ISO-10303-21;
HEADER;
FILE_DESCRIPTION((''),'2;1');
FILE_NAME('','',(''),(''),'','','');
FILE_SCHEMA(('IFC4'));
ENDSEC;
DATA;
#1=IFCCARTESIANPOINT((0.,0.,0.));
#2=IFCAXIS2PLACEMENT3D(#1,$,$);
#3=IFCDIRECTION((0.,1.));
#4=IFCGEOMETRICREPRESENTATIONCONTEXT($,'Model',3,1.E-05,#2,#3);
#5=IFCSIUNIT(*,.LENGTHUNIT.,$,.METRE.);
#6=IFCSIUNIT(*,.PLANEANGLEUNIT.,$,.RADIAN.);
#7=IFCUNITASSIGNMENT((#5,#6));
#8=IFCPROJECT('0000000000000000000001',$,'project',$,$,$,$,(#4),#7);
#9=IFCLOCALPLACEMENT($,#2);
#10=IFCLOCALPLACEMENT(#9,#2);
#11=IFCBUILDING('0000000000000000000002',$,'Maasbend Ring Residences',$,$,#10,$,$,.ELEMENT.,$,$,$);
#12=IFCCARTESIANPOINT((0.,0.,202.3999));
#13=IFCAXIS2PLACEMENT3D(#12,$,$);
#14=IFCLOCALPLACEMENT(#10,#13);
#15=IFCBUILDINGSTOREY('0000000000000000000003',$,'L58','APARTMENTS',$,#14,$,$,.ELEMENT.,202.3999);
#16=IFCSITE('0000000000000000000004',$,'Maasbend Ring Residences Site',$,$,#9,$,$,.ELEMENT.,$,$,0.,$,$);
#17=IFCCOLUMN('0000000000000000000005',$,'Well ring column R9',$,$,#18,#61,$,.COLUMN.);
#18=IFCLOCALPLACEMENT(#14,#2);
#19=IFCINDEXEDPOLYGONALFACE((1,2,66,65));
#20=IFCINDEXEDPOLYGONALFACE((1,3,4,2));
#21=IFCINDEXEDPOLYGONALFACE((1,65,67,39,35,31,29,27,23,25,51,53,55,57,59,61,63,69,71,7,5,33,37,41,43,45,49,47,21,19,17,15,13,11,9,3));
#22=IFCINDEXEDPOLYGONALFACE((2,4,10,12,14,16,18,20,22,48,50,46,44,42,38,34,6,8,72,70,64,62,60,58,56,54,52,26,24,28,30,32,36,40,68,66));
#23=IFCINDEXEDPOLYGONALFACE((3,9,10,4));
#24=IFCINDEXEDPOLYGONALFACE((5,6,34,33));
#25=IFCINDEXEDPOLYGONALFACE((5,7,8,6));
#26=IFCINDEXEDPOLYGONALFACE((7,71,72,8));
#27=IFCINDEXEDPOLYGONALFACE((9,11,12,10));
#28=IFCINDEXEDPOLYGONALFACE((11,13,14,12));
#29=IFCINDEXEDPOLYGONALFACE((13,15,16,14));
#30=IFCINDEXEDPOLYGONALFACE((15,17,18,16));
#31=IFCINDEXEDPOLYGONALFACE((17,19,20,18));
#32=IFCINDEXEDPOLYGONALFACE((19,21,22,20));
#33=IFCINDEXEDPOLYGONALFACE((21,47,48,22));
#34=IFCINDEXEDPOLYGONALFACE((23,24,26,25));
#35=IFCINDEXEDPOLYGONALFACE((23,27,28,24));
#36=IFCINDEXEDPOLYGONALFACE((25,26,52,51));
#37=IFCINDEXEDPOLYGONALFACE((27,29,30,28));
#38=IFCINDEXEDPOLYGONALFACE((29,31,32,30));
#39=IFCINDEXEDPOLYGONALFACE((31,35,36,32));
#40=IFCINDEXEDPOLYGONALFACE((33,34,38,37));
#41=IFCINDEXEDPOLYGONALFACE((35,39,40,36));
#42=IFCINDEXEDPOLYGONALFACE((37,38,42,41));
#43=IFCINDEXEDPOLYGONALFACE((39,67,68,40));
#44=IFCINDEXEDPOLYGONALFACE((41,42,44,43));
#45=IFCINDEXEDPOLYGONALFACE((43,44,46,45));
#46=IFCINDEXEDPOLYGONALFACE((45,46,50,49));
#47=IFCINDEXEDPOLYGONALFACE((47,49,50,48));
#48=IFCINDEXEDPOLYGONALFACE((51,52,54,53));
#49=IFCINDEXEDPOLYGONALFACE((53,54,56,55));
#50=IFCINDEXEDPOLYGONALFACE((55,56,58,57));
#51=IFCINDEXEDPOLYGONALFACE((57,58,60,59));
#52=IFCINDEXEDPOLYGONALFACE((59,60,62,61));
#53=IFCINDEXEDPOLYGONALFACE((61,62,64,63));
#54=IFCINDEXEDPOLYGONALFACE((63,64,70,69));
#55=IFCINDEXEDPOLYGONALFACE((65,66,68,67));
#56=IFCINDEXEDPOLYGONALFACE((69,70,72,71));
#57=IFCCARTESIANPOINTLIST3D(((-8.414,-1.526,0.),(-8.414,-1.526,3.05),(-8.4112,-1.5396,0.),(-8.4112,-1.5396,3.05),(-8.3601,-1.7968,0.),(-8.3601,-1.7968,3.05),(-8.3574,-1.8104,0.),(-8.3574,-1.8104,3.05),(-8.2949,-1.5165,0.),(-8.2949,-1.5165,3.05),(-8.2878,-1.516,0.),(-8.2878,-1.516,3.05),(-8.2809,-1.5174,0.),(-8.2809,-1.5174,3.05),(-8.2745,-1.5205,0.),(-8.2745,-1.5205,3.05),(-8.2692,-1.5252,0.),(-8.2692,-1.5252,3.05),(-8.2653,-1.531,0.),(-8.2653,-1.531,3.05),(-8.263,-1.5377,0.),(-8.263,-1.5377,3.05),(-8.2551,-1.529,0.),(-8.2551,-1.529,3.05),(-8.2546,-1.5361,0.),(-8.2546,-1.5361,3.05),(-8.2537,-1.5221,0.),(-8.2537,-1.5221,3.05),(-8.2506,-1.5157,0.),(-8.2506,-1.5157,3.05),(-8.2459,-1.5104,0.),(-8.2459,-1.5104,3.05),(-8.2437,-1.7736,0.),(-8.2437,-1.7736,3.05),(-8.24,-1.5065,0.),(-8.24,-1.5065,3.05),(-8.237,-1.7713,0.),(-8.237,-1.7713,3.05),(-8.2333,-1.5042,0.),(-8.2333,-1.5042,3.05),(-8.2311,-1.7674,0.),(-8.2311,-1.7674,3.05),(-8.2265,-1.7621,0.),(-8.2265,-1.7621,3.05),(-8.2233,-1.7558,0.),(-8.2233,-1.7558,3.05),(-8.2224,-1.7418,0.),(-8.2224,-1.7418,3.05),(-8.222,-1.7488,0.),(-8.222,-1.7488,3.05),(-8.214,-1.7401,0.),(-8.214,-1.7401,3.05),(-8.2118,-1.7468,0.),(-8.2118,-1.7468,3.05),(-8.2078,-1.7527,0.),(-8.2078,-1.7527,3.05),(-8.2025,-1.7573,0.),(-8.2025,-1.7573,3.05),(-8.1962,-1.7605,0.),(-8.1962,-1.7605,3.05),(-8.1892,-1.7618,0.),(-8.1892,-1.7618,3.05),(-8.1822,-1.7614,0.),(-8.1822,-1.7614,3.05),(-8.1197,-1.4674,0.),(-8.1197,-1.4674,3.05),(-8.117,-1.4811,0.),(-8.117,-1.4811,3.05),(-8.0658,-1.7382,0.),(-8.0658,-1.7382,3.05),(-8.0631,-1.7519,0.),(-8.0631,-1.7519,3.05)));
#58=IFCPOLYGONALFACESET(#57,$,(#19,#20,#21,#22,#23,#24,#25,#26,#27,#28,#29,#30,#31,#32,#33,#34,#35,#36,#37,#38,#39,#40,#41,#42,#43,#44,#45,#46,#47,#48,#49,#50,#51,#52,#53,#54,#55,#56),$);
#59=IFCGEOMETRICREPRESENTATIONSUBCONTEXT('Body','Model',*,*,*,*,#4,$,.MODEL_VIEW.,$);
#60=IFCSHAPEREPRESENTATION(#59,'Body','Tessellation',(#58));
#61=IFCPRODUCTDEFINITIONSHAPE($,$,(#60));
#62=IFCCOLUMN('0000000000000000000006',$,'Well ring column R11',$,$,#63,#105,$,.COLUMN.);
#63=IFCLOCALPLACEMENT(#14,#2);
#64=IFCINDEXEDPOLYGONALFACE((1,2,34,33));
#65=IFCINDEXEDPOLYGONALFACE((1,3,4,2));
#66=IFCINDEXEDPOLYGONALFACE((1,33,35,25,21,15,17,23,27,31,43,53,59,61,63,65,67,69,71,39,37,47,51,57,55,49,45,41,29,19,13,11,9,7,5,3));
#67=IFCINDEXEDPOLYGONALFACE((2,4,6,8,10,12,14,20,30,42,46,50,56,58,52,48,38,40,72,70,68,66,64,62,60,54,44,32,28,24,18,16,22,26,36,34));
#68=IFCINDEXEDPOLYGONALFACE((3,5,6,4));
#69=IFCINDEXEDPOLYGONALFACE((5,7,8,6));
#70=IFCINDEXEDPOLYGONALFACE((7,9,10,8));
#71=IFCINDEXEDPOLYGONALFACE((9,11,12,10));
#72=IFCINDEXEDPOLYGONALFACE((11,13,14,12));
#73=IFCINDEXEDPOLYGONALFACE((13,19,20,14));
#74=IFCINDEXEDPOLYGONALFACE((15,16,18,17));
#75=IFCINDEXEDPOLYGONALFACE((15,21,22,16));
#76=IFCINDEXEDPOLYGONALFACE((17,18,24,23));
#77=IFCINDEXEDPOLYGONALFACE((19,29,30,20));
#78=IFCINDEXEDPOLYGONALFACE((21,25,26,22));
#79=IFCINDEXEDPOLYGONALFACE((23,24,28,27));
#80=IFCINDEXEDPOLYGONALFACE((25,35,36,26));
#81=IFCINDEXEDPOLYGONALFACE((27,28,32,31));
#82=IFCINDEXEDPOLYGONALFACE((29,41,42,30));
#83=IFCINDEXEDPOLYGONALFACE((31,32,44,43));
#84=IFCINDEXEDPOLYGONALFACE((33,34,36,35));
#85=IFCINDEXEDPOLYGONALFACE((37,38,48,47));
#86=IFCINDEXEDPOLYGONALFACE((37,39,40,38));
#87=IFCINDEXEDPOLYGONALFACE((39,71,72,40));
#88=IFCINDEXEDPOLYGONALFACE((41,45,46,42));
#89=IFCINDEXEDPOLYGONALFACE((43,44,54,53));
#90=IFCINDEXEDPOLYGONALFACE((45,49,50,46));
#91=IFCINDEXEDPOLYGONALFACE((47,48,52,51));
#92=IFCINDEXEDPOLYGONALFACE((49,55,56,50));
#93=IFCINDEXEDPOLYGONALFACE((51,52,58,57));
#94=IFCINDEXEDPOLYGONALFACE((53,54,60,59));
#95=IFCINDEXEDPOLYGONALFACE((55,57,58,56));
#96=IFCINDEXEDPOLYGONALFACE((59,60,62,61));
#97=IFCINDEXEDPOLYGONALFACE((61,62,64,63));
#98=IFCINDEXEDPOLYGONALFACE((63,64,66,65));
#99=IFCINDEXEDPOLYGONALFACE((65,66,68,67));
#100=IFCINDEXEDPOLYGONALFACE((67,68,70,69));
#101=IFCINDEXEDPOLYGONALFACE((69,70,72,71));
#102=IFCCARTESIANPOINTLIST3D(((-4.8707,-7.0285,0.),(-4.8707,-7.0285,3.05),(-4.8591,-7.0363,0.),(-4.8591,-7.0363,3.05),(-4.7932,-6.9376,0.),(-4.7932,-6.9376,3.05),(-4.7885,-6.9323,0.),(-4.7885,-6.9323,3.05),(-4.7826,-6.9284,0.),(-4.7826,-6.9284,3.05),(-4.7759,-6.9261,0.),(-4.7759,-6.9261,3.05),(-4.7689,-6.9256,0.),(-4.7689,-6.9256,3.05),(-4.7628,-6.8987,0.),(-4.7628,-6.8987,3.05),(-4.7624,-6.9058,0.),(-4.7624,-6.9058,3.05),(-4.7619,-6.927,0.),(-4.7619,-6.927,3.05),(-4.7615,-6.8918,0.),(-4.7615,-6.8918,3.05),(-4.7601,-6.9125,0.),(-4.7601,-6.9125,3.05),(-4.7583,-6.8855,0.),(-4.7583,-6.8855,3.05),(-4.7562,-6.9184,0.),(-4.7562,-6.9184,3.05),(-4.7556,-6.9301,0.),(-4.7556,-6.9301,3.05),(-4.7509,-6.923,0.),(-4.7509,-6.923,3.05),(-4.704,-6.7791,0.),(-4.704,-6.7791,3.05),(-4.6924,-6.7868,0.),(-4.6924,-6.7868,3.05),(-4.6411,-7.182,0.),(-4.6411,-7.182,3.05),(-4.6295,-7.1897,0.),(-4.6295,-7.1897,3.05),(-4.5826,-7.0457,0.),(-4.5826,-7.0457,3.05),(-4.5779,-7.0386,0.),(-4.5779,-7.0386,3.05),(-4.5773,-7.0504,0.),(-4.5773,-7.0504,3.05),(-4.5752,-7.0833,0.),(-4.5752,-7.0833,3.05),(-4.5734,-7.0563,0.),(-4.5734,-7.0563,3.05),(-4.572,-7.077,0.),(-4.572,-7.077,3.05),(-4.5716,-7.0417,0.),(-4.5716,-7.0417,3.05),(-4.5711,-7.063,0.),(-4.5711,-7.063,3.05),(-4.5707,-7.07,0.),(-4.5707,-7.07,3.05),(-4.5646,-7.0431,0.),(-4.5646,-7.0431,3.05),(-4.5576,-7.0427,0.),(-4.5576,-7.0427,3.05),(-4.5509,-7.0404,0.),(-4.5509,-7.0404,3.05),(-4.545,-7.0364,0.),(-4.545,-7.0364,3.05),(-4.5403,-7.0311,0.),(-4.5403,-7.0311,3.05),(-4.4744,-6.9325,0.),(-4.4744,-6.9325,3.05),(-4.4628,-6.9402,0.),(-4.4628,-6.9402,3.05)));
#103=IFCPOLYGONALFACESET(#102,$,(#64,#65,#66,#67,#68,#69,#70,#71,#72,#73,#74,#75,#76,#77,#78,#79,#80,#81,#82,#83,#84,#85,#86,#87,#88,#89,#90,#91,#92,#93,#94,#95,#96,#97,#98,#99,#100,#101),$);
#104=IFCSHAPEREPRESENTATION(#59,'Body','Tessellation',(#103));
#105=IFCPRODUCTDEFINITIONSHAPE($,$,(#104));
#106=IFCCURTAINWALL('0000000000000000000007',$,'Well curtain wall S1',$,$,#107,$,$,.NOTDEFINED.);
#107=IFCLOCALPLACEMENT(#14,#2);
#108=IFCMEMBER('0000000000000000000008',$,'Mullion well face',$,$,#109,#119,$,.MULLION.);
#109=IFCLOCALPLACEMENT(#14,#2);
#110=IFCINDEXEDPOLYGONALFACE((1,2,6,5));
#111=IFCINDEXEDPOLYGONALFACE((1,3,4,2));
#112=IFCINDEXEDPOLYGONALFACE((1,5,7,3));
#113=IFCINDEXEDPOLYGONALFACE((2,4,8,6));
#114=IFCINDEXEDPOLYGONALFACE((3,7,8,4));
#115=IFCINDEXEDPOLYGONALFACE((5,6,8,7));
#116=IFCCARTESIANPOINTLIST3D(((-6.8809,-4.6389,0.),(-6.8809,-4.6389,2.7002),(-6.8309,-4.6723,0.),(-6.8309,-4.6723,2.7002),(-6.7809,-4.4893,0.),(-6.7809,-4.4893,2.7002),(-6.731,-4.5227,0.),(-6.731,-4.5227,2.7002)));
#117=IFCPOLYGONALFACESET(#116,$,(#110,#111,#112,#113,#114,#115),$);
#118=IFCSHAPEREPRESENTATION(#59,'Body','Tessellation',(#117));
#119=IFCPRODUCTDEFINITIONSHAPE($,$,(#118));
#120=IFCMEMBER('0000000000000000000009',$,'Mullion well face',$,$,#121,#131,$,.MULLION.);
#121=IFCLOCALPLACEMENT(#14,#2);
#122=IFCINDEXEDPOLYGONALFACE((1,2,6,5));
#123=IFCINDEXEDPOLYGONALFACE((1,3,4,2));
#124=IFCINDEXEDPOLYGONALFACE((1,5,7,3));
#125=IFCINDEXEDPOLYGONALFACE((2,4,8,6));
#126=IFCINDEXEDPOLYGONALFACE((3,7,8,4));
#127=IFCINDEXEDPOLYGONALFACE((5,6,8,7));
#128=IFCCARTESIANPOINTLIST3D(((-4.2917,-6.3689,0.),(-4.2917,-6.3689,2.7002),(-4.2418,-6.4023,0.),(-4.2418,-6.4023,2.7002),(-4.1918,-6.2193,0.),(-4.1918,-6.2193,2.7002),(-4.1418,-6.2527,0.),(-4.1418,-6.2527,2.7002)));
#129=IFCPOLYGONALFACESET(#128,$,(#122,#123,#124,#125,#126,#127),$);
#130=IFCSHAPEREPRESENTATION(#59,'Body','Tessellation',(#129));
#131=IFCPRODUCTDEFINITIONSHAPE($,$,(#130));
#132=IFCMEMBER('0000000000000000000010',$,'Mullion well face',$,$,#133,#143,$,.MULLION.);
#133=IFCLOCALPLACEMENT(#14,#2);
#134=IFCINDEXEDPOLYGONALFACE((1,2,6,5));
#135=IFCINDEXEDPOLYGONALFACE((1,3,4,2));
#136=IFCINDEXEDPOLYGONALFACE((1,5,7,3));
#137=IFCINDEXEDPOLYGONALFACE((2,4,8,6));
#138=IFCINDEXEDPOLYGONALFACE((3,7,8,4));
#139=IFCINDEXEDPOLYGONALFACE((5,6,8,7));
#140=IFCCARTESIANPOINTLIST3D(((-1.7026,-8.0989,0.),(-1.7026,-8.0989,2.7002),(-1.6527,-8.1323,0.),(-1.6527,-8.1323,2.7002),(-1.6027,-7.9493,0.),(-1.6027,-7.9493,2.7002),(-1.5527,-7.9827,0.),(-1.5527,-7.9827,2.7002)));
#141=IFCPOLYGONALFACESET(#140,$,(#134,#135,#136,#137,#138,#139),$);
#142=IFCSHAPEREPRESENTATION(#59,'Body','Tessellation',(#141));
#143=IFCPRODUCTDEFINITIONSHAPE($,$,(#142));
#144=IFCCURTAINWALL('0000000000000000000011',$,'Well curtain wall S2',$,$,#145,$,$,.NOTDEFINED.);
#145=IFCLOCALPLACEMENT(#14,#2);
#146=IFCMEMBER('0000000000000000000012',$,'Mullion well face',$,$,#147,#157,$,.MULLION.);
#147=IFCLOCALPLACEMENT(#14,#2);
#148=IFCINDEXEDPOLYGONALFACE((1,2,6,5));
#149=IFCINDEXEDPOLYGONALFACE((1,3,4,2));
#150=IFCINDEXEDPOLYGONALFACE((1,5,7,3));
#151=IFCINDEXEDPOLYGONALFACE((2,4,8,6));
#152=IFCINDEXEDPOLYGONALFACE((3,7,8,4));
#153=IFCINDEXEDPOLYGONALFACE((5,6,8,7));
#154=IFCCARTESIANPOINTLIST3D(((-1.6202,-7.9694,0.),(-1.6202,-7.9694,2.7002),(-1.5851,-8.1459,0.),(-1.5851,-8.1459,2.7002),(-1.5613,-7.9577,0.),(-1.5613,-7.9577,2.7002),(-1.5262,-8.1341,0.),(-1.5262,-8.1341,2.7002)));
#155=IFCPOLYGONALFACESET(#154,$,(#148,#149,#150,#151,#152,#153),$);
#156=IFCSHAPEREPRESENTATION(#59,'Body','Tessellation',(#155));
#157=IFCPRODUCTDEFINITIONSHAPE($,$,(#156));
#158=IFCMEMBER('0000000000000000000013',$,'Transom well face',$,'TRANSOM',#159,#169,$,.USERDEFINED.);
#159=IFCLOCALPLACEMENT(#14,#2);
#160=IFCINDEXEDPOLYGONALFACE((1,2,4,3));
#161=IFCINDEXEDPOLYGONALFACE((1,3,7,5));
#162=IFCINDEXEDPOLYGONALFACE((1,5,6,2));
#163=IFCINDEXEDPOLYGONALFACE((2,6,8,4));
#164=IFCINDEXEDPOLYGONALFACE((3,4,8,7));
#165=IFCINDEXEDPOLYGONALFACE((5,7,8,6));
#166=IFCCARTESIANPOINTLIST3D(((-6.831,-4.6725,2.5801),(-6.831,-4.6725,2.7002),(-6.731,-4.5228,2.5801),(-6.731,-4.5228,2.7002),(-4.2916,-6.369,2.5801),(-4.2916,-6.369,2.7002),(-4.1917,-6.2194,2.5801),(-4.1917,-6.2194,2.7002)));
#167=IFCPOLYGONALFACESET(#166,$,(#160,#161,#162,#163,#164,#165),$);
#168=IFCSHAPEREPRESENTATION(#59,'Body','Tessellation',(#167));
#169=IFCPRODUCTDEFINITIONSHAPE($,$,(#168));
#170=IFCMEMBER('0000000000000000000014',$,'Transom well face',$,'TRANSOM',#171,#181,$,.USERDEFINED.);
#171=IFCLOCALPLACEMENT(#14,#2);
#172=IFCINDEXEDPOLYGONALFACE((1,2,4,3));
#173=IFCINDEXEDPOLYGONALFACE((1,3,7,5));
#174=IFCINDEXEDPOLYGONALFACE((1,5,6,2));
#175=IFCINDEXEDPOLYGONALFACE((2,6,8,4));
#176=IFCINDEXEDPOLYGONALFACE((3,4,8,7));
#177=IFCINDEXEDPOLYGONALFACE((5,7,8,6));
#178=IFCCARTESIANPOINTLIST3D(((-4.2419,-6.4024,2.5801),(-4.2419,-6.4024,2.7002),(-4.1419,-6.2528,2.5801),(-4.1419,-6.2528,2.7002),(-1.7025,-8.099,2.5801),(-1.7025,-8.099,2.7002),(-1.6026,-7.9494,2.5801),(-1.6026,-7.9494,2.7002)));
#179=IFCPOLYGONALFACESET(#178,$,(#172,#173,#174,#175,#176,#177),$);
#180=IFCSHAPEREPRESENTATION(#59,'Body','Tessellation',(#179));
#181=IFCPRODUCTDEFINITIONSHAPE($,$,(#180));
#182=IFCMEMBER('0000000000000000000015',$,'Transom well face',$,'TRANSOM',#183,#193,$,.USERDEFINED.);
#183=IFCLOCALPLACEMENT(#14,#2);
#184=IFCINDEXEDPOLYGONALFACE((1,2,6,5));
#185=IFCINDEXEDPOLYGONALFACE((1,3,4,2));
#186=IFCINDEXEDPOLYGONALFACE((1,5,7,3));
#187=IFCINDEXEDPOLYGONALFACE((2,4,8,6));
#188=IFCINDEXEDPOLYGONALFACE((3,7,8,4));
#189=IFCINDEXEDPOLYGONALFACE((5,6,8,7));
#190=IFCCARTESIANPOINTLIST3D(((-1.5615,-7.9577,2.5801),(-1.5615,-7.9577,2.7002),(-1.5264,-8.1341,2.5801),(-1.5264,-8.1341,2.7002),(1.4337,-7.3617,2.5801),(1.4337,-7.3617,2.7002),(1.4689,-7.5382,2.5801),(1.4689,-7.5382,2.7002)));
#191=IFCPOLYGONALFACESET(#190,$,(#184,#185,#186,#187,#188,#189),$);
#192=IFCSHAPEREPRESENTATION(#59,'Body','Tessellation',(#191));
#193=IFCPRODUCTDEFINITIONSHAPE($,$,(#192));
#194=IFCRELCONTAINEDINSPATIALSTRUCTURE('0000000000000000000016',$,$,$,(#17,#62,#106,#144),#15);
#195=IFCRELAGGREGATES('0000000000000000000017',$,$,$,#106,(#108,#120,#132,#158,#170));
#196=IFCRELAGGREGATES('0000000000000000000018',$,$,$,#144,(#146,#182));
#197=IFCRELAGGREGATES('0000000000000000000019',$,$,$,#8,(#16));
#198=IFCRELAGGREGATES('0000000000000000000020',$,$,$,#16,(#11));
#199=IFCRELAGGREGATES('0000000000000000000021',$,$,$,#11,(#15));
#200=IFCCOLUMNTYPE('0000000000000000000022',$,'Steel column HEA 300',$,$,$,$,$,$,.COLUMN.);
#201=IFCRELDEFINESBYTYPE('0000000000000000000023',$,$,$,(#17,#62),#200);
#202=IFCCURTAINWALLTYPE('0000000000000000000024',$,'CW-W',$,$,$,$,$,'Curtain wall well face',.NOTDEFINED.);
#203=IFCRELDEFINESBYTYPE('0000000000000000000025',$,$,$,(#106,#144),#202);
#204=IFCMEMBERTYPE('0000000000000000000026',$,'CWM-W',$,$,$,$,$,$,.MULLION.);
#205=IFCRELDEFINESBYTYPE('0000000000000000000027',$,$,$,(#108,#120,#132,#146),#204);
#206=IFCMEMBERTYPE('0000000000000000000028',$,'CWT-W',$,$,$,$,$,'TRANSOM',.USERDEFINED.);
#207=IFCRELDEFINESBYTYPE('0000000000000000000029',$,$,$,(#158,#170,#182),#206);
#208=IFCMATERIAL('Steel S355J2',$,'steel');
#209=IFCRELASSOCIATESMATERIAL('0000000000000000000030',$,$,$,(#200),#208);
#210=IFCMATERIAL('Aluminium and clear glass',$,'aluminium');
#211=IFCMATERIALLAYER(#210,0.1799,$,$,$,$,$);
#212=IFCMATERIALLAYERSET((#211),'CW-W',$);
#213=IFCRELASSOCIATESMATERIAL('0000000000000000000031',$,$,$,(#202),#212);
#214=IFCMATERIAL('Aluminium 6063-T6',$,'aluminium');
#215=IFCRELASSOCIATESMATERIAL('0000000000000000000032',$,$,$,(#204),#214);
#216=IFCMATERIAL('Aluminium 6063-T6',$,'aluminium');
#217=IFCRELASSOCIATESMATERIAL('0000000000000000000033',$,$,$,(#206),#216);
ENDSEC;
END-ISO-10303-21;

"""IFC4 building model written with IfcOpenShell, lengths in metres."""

from ifc_helpers import new_model, si_unit, direction, frame, origin, origin_2d, place, context, subcontext, project, spatial, rectangle, i_section, extrude, material, layer, layer_set, material_profile, profile_set, type_object, element, aggregate, save


model = new_model("IFC4")

# Units and contexts
model_context = context("Model", 3, precision=1e-05, world=origin(), true_north=direction((0.0, 1.0)))
body_context = subcontext(model_context, "Body", "Model", "MODEL_VIEW")
ifc_project = project(units=[si_unit("LENGTHUNIT", "METRE"), si_unit("PLANEANGLEUNIT", "RADIAN")], contexts=[model_context])

# Site, building, storey
site_placement = place(None, origin())
site = spatial("IfcSite", under=ifc_project, at=site_placement, Name="Maasbend Ring Residences Site", CompositionType="ELEMENT", RefElevation=0.0)
building_placement = place(site_placement, origin())
building = spatial("IfcBuilding", under=site, at=building_placement, Name="Maasbend Ring Residences", CompositionType="ELEMENT")
storey_placement = place(building_placement, frame((0.0, 0.0, 202.3999)))
storey = spatial("IfcBuildingStorey", under=building, at=storey_placement, Name="L58", Description="APARTMENTS", CompositionType="ELEMENT", Elevation=202.3999)

# Columns
ifc_material_1 = material(Name="Steel S355J2", Category="steel")
ifc_material_profile_1 = material_profile(ifc_material_1, i_section(OverallWidth=0.3, OverallDepth=0.29, WebThickness=0.0085, FlangeThickness=0.0139, FilletRadius=0.0271, at=origin_2d()), Name="HEA 300")
ifc_profile_set_1 = profile_set([ifc_material_profile_1], Name="Steel S355J2")
column_type = type_object("IfcColumnType", Name="Steel column HEA 300", PredefinedType="COLUMN", material=ifc_profile_set_1)
for number, where, z_axis, x_axis, name in (
    (1, (-8.2385, -1.6389, 0.0), (0.0, 0.0, 1.0), (-0.980785, -0.19509, 0.0), "Well ring column R9"),
    (2, (-4.6667, -6.9844, 0.0), (0.0, 0.0, 1.0), (-0.55557, -0.83147, 0.0), "Well ring column R11"),
):
    element("IfcColumn", number, at=place(storey_placement, frame(where, z_axis=z_axis, x_axis=x_axis)), inside=storey, type_object=column_type, Name=name, PredefinedType="COLUMN", context=body_context, shape_type="SweptSolid", body=[
        extrude(i_section(OverallWidth=0.3, OverallDepth=0.29, WebThickness=0.0085, FlangeThickness=0.0139, FilletRadius=0.0271, at=origin_2d()), origin(), (0.0, 0.0, 1.0), 3.05),
    ])

# Curtain wall, members
ifc_material_2 = material(Name="Aluminium and clear glass", Category="aluminium")
ifc_layer_1 = layer(ifc_material_2, 0.1799)
ifc_layer_set_1 = layer_set([ifc_layer_1], Name="CW-W")
curtain_wall_type = type_object("IfcCurtainWallType", Name="CW-W", ElementType="Curtain wall well face", PredefinedType="NOTDEFINED", material=ifc_layer_set_1)
curtain_wall_1_placement = place(storey_placement, origin())
curtain_wall_1 = element("IfcCurtainWall", 3, at=curtain_wall_1_placement, inside=storey, type_object=curtain_wall_type, Name="Well curtain wall S1", PredefinedType="NOTDEFINED")
ifc_material_3 = material(Name="Aluminium 6063-T6", Category="aluminium")
ifc_material_profile_2 = material_profile(ifc_material_3, rectangle(XDim=0.1799, YDim=0.0601, at=origin_2d()), Name="AL 180x60")
ifc_profile_set_2 = profile_set([ifc_material_profile_2], Name="Aluminium 6063-T6")
member_type_1 = type_object("IfcMemberType", Name="CWM-W", PredefinedType="MULLION", material=ifc_profile_set_2)
member_1_placement = place(storey_placement, frame((-6.8059, -4.5808, 0.0), z_axis=(0.0, 0.0, 1.0), x_axis=(0.55557, 0.83147, 0.0)))
member_1 = element("IfcMember", 4, at=member_1_placement, type_object=member_type_1, Name="Mullion well face", PredefinedType="MULLION", context=body_context, shape_type="SweptSolid", body=[
    extrude(rectangle(XDim=0.1799, YDim=0.0601, at=origin_2d()), origin(), (0.0, 0.0, 1.0), 2.7002),
])
member_2_placement = place(storey_placement, frame((-4.2168, -6.3108, 0.0), z_axis=(0.0, 0.0, 1.0), x_axis=(0.55557, 0.83147, 0.0)))
member_2 = element("IfcMember", 5, at=member_2_placement, type_object=member_type_1, Name="Mullion well face", PredefinedType="MULLION", context=body_context, shape_type="SweptSolid", body=[
    extrude(rectangle(XDim=0.1799, YDim=0.0601, at=origin_2d()), origin(), (0.0, 0.0, 1.0), 2.7002),
])
member_3_placement = place(storey_placement, frame((-1.6277, -8.0408, 0.0), z_axis=(0.0, 0.0, 1.0), x_axis=(0.55557, 0.83147, 0.0)))
member_3 = element("IfcMember", 6, at=member_3_placement, type_object=member_type_1, Name="Mullion well face", PredefinedType="MULLION", context=body_context, shape_type="SweptSolid", body=[
    extrude(rectangle(XDim=0.1799, YDim=0.0601, at=origin_2d()), origin(), (0.0, 0.0, 1.0), 2.7002),
])

# Curtain wall, member
curtain_wall_2_placement = place(storey_placement, origin())
curtain_wall_2 = element("IfcCurtainWall", 7, at=curtain_wall_2_placement, inside=storey, type_object=curtain_wall_type, Name="Well curtain wall S2", PredefinedType="NOTDEFINED")
member_4_placement = place(storey_placement, frame((-1.5732, -8.0518, 0.0), z_axis=(0.0, 0.0, 1.0), x_axis=(-0.19509, 0.980785, 0.0)))
member_4 = element("IfcMember", 8, at=member_4_placement, type_object=member_type_1, Name="Mullion well face", PredefinedType="MULLION", context=body_context, shape_type="SweptSolid", body=[
    extrude(rectangle(XDim=0.1799, YDim=0.0601, at=origin_2d()), origin(), (0.0, 0.0, 1.0), 2.7002),
])

# Members
ifc_material_4 = material(Name="Aluminium 6063-T6", Category="aluminium")
ifc_material_profile_3 = material_profile(ifc_material_4, rectangle(XDim=0.1799, YDim=0.1201, at=origin_2d()), Name="AL 180x120")
ifc_profile_set_3 = profile_set([ifc_material_profile_3], Name="Aluminium 6063-T6")
member_type_2 = type_object("IfcMemberType", Name="CWT-W", ElementType="TRANSOM", PredefinedType="USERDEFINED", material=ifc_profile_set_3)
member_5_placement = place(storey_placement, frame((-6.781, -4.5977, 2.6401), z_axis=(0.831496, -0.55553, 0.0), x_axis=(0.55553, 0.831496, 0.0)))
member_5 = element("IfcMember", 9, at=member_5_placement, type_object=member_type_2, Name="Transom well face", ObjectType="TRANSOM", PredefinedType="USERDEFINED", context=body_context, shape_type="SweptSolid", body=[
    extrude(rectangle(XDim=0.1799, YDim=0.1201, at=origin_2d()), origin(), (0.0, 0.0, 1.0), 3.054),
])
member_6_placement = place(storey_placement, frame((-4.1919, -6.3276, 2.6401), z_axis=(0.831496, -0.55553, 0.0), x_axis=(0.55553, 0.831496, 0.0)))
member_6 = element("IfcMember", 10, at=member_6_placement, type_object=member_type_2, Name="Transom well face", ObjectType="TRANSOM", PredefinedType="USERDEFINED", context=body_context, shape_type="SweptSolid", body=[
    extrude(rectangle(XDim=0.1799, YDim=0.1201, at=origin_2d()), origin(), (0.0, 0.0, 1.0), 3.054),
])
member_7_placement = place(storey_placement, frame((-1.5439, -8.0459, 2.6401), z_axis=(0.980777, 0.195132, 0.0), x_axis=(-0.195132, 0.980777, 0.0)))
member_7 = element("IfcMember", 11, at=member_7_placement, type_object=member_type_2, Name="Transom well face", ObjectType="TRANSOM", PredefinedType="USERDEFINED", context=body_context, shape_type="SweptSolid", body=[
    extrude(rectangle(XDim=0.1799, YDim=0.1201, at=origin_2d()), origin(), (0.0, 0.0, 1.0), 3.054),
])

aggregate(curtain_wall_1, [member_1, member_2, member_3, member_5, member_6])
aggregate(curtain_wall_2, [member_4, member_7])

save(model, "model.ifc")
